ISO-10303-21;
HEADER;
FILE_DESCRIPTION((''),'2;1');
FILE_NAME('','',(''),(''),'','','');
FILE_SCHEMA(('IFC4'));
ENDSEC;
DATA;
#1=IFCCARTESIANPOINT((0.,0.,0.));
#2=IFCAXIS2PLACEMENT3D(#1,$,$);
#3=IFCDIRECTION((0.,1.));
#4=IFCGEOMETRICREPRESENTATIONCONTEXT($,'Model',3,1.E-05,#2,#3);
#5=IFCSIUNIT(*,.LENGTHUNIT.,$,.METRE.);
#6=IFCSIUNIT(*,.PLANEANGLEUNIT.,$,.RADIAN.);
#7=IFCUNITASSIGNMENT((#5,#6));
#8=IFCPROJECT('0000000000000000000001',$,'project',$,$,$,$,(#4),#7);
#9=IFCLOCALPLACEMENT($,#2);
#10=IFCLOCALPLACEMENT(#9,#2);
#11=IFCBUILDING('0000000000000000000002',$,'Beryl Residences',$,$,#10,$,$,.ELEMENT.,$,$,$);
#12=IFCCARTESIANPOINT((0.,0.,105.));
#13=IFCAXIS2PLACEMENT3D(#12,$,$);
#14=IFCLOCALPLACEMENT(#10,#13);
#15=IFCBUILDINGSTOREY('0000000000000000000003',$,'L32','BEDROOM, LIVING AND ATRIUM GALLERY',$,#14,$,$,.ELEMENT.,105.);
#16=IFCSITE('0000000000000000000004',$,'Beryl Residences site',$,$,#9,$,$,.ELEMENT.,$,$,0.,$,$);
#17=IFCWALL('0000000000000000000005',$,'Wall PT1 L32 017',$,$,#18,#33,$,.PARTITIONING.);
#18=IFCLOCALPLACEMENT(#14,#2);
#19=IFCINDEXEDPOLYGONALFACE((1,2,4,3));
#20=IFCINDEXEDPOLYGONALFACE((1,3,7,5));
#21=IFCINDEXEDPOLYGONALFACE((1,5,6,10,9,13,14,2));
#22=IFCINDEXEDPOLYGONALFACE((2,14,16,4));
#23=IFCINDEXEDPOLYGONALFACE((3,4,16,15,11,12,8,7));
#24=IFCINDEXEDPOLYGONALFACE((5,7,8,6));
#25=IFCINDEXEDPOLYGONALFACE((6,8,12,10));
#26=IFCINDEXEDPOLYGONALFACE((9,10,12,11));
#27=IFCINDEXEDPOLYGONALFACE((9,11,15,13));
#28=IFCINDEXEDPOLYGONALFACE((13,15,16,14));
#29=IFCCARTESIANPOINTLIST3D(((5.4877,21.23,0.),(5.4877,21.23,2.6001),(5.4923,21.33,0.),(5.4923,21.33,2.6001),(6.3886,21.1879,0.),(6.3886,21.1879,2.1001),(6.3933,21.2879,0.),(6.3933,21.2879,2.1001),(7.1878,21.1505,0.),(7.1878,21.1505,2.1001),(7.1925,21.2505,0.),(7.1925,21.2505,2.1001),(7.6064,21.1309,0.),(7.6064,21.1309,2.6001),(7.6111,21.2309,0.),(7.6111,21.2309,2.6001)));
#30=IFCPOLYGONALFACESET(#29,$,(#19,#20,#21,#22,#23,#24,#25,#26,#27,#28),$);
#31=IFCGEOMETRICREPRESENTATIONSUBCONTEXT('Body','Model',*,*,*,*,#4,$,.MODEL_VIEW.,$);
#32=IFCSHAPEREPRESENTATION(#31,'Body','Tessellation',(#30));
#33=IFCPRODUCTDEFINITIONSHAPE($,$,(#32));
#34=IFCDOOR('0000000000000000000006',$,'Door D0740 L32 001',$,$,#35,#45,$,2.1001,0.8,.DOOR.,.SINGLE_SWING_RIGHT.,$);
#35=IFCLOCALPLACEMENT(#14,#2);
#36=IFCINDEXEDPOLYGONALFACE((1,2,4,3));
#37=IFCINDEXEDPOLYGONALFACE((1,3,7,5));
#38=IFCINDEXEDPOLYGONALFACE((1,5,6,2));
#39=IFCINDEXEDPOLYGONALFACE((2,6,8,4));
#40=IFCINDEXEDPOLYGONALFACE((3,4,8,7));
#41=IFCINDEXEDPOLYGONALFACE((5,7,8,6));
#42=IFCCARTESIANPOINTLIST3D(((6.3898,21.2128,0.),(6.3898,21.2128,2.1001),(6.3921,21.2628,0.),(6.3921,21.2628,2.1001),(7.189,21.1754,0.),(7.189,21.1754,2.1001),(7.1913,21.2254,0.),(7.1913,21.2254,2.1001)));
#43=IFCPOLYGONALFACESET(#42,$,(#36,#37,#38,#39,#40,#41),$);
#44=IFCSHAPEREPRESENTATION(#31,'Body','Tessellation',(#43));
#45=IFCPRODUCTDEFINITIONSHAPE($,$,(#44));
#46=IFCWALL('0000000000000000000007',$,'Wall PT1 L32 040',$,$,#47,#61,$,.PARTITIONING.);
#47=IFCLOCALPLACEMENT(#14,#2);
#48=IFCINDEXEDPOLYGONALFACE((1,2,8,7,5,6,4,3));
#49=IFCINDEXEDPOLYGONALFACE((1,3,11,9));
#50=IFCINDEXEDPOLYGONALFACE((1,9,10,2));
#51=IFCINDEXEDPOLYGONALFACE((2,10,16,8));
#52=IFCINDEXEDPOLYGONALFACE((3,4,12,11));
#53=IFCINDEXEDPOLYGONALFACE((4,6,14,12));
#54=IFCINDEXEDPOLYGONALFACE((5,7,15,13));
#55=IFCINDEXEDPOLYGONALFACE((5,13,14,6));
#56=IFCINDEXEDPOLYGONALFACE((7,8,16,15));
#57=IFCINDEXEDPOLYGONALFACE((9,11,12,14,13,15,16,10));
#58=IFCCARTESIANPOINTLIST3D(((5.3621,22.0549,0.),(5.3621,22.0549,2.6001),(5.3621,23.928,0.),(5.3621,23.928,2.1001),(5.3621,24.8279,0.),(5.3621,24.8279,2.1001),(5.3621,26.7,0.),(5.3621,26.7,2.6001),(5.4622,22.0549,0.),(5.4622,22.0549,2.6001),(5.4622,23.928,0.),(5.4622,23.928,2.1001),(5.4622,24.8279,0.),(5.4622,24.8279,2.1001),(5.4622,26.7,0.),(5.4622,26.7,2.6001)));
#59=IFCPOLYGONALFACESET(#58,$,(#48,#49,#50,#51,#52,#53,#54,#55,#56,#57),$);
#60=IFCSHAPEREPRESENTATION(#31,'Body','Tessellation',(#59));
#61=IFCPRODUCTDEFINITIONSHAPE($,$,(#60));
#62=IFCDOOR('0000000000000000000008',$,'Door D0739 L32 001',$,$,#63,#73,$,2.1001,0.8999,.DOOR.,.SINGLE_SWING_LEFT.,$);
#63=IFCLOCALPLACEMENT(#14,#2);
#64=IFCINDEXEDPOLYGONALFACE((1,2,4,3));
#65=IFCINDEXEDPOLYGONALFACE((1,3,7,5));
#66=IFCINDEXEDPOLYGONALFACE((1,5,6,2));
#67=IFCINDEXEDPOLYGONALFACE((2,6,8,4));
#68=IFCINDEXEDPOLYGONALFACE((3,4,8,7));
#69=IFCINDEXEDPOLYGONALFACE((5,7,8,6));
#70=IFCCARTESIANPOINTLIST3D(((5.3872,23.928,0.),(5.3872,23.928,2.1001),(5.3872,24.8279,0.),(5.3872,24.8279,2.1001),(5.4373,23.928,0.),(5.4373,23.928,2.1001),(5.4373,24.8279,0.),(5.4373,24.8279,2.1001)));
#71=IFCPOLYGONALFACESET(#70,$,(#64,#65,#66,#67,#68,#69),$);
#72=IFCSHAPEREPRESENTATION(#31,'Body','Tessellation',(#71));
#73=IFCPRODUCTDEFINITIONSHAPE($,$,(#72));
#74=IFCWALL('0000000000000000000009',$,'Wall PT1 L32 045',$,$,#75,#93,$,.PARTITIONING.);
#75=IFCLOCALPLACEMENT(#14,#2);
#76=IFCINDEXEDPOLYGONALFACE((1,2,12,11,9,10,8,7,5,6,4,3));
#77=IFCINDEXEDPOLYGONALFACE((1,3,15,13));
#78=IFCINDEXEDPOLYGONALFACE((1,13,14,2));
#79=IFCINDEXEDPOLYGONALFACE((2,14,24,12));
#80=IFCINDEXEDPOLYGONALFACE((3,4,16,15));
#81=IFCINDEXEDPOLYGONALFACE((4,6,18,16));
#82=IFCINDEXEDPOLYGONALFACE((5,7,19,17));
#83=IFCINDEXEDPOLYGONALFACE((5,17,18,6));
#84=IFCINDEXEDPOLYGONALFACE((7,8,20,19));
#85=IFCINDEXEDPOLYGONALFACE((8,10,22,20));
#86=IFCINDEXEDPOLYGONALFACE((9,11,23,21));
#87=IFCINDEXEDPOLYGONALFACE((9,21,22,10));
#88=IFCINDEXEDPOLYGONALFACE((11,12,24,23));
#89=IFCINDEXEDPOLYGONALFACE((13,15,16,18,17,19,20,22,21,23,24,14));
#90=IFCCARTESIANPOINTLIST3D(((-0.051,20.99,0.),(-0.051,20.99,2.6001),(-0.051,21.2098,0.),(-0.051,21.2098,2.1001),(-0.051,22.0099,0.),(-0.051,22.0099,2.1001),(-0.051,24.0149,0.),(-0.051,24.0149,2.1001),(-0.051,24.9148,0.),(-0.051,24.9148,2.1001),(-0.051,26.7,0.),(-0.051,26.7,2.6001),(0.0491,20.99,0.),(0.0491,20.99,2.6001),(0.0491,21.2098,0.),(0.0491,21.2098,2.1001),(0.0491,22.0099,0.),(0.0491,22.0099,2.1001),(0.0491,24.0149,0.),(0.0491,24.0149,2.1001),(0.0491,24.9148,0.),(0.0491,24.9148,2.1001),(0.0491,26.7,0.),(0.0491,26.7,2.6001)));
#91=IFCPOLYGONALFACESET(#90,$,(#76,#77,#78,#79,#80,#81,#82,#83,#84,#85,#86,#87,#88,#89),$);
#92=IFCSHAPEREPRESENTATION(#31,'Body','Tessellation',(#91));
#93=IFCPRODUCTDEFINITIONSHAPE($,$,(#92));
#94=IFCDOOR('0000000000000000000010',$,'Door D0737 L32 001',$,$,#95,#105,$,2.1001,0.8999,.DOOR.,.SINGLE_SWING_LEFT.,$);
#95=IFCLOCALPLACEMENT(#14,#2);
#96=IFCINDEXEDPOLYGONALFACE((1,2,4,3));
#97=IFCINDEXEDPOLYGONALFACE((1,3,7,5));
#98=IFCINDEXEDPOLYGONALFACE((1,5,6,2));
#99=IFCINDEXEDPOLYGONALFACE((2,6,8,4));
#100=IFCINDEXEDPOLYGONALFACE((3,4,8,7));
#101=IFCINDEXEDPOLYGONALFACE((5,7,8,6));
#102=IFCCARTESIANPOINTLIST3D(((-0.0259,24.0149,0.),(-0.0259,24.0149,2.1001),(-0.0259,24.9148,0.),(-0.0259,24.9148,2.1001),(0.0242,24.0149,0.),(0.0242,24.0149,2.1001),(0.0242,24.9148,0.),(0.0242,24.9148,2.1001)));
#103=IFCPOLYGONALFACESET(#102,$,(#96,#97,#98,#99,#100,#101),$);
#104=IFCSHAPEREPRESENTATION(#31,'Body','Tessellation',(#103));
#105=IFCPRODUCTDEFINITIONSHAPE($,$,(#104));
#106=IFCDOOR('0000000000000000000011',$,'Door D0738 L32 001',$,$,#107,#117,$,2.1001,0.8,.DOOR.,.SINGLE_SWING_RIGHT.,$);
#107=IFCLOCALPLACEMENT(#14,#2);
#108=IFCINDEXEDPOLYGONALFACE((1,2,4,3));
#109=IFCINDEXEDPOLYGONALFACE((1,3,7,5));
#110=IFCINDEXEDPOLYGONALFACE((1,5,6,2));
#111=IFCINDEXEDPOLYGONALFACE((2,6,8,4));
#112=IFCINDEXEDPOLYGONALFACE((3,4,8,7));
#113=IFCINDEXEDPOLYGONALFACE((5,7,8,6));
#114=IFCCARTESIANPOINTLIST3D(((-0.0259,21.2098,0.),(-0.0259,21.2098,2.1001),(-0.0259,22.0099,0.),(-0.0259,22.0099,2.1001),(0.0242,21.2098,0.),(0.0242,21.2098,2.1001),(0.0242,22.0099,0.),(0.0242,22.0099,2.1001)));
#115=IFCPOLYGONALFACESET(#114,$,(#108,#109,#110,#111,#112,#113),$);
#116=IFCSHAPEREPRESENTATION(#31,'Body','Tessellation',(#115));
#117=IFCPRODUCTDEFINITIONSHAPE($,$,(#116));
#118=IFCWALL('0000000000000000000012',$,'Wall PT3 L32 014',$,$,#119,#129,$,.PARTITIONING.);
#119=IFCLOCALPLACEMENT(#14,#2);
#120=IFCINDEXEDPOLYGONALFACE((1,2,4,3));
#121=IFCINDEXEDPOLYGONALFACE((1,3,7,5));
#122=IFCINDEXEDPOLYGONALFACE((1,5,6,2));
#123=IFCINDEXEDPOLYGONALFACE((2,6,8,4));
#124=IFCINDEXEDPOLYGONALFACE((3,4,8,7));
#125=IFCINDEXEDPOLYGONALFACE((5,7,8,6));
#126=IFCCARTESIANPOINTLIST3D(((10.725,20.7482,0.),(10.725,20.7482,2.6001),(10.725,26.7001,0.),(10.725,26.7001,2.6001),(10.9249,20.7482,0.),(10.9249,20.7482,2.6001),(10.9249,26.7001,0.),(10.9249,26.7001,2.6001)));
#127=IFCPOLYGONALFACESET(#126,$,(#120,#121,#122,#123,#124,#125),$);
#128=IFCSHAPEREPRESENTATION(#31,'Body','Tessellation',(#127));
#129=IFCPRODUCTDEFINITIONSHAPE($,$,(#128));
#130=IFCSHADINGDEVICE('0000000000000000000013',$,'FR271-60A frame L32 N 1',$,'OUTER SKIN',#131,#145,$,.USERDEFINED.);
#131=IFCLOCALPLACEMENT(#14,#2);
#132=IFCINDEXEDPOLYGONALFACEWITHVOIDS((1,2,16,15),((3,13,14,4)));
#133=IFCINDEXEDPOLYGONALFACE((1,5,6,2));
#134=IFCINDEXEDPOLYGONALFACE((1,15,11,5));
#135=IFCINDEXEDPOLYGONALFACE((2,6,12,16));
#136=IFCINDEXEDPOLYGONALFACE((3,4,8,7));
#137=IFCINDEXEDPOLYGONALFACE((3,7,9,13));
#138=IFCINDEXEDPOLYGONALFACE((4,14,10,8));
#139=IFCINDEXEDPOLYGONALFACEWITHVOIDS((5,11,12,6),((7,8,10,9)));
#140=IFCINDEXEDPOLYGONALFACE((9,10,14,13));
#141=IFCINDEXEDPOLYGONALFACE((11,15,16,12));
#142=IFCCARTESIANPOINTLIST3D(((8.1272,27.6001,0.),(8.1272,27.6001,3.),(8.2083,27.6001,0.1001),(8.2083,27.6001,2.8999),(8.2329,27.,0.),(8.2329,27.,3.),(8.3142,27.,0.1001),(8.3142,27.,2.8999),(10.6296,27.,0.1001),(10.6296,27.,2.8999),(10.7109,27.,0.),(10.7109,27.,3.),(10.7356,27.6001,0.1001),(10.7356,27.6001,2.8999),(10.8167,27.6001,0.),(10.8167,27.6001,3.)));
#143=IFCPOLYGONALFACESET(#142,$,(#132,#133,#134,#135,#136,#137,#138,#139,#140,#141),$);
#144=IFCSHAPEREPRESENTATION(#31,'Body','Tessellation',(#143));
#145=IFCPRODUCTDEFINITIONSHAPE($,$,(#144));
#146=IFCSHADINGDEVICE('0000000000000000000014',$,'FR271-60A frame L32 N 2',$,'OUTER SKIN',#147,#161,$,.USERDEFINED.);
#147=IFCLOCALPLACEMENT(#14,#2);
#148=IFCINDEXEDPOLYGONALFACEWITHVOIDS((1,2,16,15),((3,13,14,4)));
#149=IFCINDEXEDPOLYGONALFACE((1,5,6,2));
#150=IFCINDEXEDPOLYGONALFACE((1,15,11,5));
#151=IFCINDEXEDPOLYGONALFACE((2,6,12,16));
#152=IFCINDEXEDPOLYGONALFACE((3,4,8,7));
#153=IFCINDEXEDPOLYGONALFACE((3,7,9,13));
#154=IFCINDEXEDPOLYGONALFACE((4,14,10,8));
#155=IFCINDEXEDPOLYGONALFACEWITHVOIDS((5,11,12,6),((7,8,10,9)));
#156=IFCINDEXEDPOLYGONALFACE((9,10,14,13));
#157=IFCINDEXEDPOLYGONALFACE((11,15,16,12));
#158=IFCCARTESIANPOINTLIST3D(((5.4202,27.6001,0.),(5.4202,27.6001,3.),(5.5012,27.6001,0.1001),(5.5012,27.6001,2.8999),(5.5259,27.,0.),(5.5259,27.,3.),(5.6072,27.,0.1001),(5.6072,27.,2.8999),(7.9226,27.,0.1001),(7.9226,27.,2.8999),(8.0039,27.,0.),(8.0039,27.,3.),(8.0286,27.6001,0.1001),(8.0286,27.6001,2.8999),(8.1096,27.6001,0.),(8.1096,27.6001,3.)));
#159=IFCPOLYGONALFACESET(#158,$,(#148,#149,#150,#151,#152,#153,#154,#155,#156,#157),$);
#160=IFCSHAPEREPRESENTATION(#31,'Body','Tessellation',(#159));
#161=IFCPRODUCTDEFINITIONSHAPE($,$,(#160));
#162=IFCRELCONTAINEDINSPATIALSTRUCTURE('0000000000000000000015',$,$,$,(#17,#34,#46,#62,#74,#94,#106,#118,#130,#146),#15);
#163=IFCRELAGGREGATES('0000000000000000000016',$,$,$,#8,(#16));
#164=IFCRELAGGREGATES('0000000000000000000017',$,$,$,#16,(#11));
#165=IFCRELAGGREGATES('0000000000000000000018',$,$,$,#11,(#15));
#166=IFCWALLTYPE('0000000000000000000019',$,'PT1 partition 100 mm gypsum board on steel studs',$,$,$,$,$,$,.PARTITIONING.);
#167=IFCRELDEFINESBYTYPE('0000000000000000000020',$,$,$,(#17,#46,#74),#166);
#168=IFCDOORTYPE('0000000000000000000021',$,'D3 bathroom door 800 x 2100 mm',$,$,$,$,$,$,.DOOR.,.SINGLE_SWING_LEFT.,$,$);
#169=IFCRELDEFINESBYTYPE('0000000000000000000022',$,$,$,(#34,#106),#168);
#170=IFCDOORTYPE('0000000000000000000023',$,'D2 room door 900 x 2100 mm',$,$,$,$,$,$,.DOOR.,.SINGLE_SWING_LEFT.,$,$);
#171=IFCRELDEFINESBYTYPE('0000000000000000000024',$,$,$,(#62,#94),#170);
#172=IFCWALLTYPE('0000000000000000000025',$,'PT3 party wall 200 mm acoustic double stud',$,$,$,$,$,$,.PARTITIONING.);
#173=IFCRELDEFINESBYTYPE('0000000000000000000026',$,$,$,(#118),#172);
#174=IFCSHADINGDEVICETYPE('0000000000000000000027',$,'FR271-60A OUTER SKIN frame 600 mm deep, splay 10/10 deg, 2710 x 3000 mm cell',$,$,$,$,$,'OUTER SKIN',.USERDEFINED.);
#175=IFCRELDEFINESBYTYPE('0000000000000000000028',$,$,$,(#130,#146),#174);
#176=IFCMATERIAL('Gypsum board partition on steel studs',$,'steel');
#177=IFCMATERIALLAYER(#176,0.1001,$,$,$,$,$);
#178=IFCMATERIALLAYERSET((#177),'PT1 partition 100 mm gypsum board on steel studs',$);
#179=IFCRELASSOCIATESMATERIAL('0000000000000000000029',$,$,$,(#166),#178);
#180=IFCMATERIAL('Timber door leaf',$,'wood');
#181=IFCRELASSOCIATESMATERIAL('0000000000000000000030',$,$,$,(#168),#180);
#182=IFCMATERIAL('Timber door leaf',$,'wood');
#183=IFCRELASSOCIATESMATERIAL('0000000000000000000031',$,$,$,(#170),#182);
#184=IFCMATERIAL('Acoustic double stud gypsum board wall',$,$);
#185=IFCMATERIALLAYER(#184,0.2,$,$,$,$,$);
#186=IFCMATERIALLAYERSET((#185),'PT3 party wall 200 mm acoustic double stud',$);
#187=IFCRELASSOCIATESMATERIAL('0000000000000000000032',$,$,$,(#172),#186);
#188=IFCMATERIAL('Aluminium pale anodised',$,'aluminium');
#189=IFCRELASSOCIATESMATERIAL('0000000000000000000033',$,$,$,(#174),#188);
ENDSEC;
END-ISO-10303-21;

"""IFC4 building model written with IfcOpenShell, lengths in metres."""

from ifc_helpers import new_model, entity, si_unit, direction, frame, frame_2d, origin, place, context, subcontext, project, spatial, rectangle, extrude, source, transform, mapped, material, layer, layer_set, type_object, type_shapes, element, fill, save


model = new_model("IFC4")

# Units and contexts
model_context = context("Model", 3, precision=1e-05, world=origin(), true_north=direction((0.0, 1.0)))
body_context = subcontext(model_context, "Body", "Model", "MODEL_VIEW")
ifc_project = project(units=[si_unit("LENGTHUNIT", "METRE"), si_unit("PLANEANGLEUNIT", "RADIAN")], contexts=[model_context])

# Site, building, storey
site_placement = place(None, origin())
site = spatial("IfcSite", under=ifc_project, at=site_placement, Name="Beryl Residences site", CompositionType="ELEMENT", RefElevation=0.0)
building_placement = place(site_placement, origin())
building = spatial("IfcBuilding", under=site, at=building_placement, Name="Beryl Residences", CompositionType="ELEMENT")
storey_placement = place(building_placement, frame((0.0, 0.0, 105.0)))
storey = spatial("IfcBuildingStorey", under=building, at=storey_placement, Name="L32", Description="BEDROOM, LIVING AND ATRIUM GALLERY", CompositionType="ELEMENT", Elevation=105.0)

# Shared definitions
ifc_material_1 = material(Name="Gypsum board partition on steel studs", Category="steel")
ifc_layer_1 = layer(ifc_material_1, 0.1001)
ifc_layer_set_1 = layer_set([ifc_layer_1], Name="PT1 partition 100 mm gypsum board on steel studs")
wall_type_1 = type_object("IfcWallType", Name="PT1 partition 100 mm gypsum board on steel studs", PredefinedType="PARTITIONING", material=ifc_layer_set_1)

# Shared definitions
ifc_material_2 = material(Name="Timber door leaf", Category="wood")
door_type_1 = type_object("IfcDoorType", Name="D3 bathroom door 800 x 2100 mm", OperationType="SINGLE_SWING_LEFT", PredefinedType="DOOR", material=ifc_material_2)

# Walls, openings, doors
wall_1_placement = place(storey_placement, frame((5.49, 21.28, 0.0), z_axis=(0.0, 0.0, 1.0), x_axis=(0.998908, -0.046728, 0.0)))
wall_1 = element("IfcWall", 1, at=wall_1_placement, inside=storey, type_object=wall_type_1, Name="Wall PT1 L32 017", PredefinedType="PARTITIONING", context=body_context, shape_type="SweptSolid", body=[
    extrude(rectangle(XDim=2.1211, YDim=0.1001, at=frame_2d((1.0605, 0.0))), origin(), (0.0, 0.0, 1.0), 2.6001),
])
opening_1_placement = place(wall_1_placement, frame((0.9021, 0.0, 0.0)))
opening_1 = element("IfcOpeningElement", 2, at=opening_1_placement, cuts=wall_1, PredefinedType="OPENING", context=body_context, shape_type="SweptSolid", body=[
    extrude(rectangle(XDim=0.8, YDim=2.1001, at=frame_2d((0.3999, 1.05))), frame((0.0, 0.0601, 0.0), z_axis=(0.0, -1.0, 0.0), x_axis=(1.0, 0.0, 0.0)), (0.0, 0.0, 1.0), 0.1201),
])
door_1_placement = place(opening_1_placement, origin())
door_1 = element("IfcDoor", 3, at=door_1_placement, inside=storey, type_object=door_type_1, Name="Door D0740 L32 001", OperationType="SINGLE_SWING_RIGHT", OverallHeight=2.1001, OverallWidth=0.8, PredefinedType="DOOR", context=body_context, shape_type="SweptSolid", body=[
    extrude(rectangle(XDim=0.8, YDim=2.1001, at=frame_2d((0.3999, 1.05))), frame((0.0, 0.0249, 0.0), z_axis=(0.0, -1.0, 0.0), x_axis=(1.0, 0.0, 0.0)), (0.0, 0.0, 1.0), 0.05),
])
fill(opening_1, door_1)
wall_2_placement = place(storey_placement, frame((5.4121, 22.0549, 0.0), z_axis=(0.0, 0.0, 1.0), x_axis=(0.0, 1.0, 0.0)))
wall_2 = element("IfcWall", 4, at=wall_2_placement, inside=storey, type_object=wall_type_1, Name="Wall PT1 L32 040", PredefinedType="PARTITIONING", context=body_context, shape_type="SweptSolid", body=[
    extrude(rectangle(XDim=4.645, YDim=0.1001, at=frame_2d((2.3225, 0.0))), origin(), (0.0, 0.0, 1.0), 2.6001),
])
opening_2_placement = place(wall_2_placement, frame((1.873, 0.0, 0.0)))
opening_2 = element("IfcOpeningElement", 5, at=opening_2_placement, cuts=wall_2, PredefinedType="OPENING", context=body_context, shape_type="SweptSolid", body=[
    extrude(rectangle(XDim=0.8999, YDim=2.1001, at=frame_2d((0.45, 1.05))), frame((0.0, 0.0601, 0.0), z_axis=(0.0, -1.0, 0.0), x_axis=(1.0, 0.0, 0.0)), (0.0, 0.0, 1.0), 0.1201),
])
ifc_material_3 = material(Name="Timber door leaf", Category="wood")
door_type_2 = type_object("IfcDoorType", Name="D2 room door 900 x 2100 mm", OperationType="SINGLE_SWING_LEFT", PredefinedType="DOOR", material=ifc_material_3)
door_2_placement = place(opening_2_placement, origin())
door_2 = element("IfcDoor", 6, at=door_2_placement, inside=storey, type_object=door_type_2, Name="Door D0739 L32 001", OperationType="SINGLE_SWING_LEFT", OverallHeight=2.1001, OverallWidth=0.8999, PredefinedType="DOOR", context=body_context, shape_type="SweptSolid", body=[
    extrude(rectangle(XDim=0.8999, YDim=2.1001, at=frame_2d((0.45, 1.05))), frame((0.0, 0.0249, 0.0), z_axis=(0.0, -1.0, 0.0), x_axis=(1.0, 0.0, 0.0)), (0.0, 0.0, 1.0), 0.05),
])
fill(opening_2, door_2)

# Wall, openings, doors
wall_3_placement = place(storey_placement, frame((-0.001, 20.99, 0.0), z_axis=(0.0, 0.0, 1.0), x_axis=(0.0, 1.0, 0.0)))
wall_3 = element("IfcWall", 7, at=wall_3_placement, inside=storey, type_object=wall_type_1, Name="Wall PT1 L32 045", PredefinedType="PARTITIONING", context=body_context, shape_type="SweptSolid", body=[
    extrude(rectangle(XDim=5.71, YDim=0.1001, at=frame_2d((2.855, 0.0))), origin(), (0.0, 0.0, 1.0), 2.6001),
])
opening_3_placement = place(wall_3_placement, frame((3.0249, 0.0, 0.0)))
opening_3 = element("IfcOpeningElement", 8, at=opening_3_placement, cuts=wall_3, PredefinedType="OPENING", context=body_context, shape_type="SweptSolid", body=[
    extrude(rectangle(XDim=0.8999, YDim=2.1001, at=frame_2d((0.45, 1.05))), frame((0.0, 0.0601, 0.0), z_axis=(0.0, -1.0, 0.0), x_axis=(1.0, 0.0, 0.0)), (0.0, 0.0, 1.0), 0.1201),
])
opening_4_placement = place(wall_3_placement, frame((0.22, 0.0, 0.0)))
opening_4 = element("IfcOpeningElement", 9, at=opening_4_placement, cuts=wall_3, PredefinedType="OPENING", context=body_context, shape_type="SweptSolid", body=[
    extrude(rectangle(XDim=0.8, YDim=2.1001, at=frame_2d((0.3999, 1.05))), frame((0.0, 0.0601, 0.0), z_axis=(0.0, -1.0, 0.0), x_axis=(1.0, 0.0, 0.0)), (0.0, 0.0, 1.0), 0.1201),
])
door_3_placement = place(opening_3_placement, origin())
door_3 = element("IfcDoor", 10, at=door_3_placement, inside=storey, type_object=door_type_2, Name="Door D0737 L32 001", OperationType="SINGLE_SWING_LEFT", OverallHeight=2.1001, OverallWidth=0.8999, PredefinedType="DOOR", context=body_context, shape_type="SweptSolid", body=[
    extrude(rectangle(XDim=0.8999, YDim=2.1001, at=frame_2d((0.45, 1.05))), frame((0.0, 0.0249, 0.0), z_axis=(0.0, -1.0, 0.0), x_axis=(1.0, 0.0, 0.0)), (0.0, 0.0, 1.0), 0.05),
])
fill(opening_3, door_3)
door_4_placement = place(opening_4_placement, origin())
door_4 = element("IfcDoor", 11, at=door_4_placement, inside=storey, type_object=door_type_1, Name="Door D0738 L32 001", OperationType="SINGLE_SWING_RIGHT", OverallHeight=2.1001, OverallWidth=0.8, PredefinedType="DOOR", context=body_context, shape_type="SweptSolid", body=[
    extrude(rectangle(XDim=0.8, YDim=2.1001, at=frame_2d((0.3999, 1.05))), frame((0.0, 0.0249, 0.0), z_axis=(0.0, -1.0, 0.0), x_axis=(1.0, 0.0, 0.0)), (0.0, 0.0, 1.0), 0.05),
])
fill(opening_4, door_4)

# Wall
ifc_material_4 = material(Name="Acoustic double stud gypsum board wall")
ifc_layer_2 = layer(ifc_material_4, 0.2)
ifc_layer_set_2 = layer_set([ifc_layer_2], Name="PT3 party wall 200 mm acoustic double stud")
wall_type_2 = type_object("IfcWallType", Name="PT3 party wall 200 mm acoustic double stud", PredefinedType="PARTITIONING", material=ifc_layer_set_2)
wall_4_placement = place(storey_placement, frame((10.825, 20.748, 0.0), z_axis=(0.0, 0.0, 1.0), x_axis=(0.0, 1.0, 0.0)))
element("IfcWall", 12, at=wall_4_placement, inside=storey, type_object=wall_type_2, Name="Wall PT3 L32 014", PredefinedType="PARTITIONING", context=body_context, shape_type="SweptSolid", body=[
    extrude(rectangle(XDim=5.9519, YDim=0.2, at=frame_2d((2.9761, 0.0))), origin(), (0.0, 0.0, 1.0), 2.6001),
])

# Shading devices
ifc_material_5 = material(Name="Aluminium pale anodised", Category="aluminium")
shading_device_type = type_object("IfcShadingDeviceType", Name="FR271-60A OUTER SKIN frame 600 mm deep, splay 10/10 deg, 2710 x 3000 mm cell", ElementType="OUTER SKIN", PredefinedType="USERDEFINED", material=ifc_material_5)
cartesian_point_1 = entity("IfcCartesianPoint", [-1.239, 0.0])
cartesian_point_2 = entity("IfcCartesianPoint", [-1.1577, 0.1001])
cartesian_point_3 = entity("IfcCartesianPoint", [-1.3447, 0.0])
cartesian_point_4 = entity("IfcCartesianPoint", [-1.2637, 0.1001])
shared_shape_1 = source(origin(), body_context, "Body", "SweptSolid", [
    entity("IfcExtrudedAreaSolidTapered", entity("IfcArbitraryProfileDefWithVoids", "AREA", None, entity("IfcPolyline", [cartesian_point_1, entity("IfcCartesianPoint", [1.239, 0.0]), entity("IfcCartesianPoint", [1.239, 3.0]), entity("IfcCartesianPoint", [-1.239, 3.0]), cartesian_point_1]), [entity("IfcPolyline", [cartesian_point_2, entity("IfcCartesianPoint", [1.1577, 0.1001]), entity("IfcCartesianPoint", [1.1577, 2.8999]), entity("IfcCartesianPoint", [-1.1577, 2.8999]), cartesian_point_2])]), entity("IfcAxis2Placement3D", entity("IfcCartesianPoint", [0.0, 0.0, 0.0]), entity("IfcDirection", [0.0, 1.0, 0.0]), entity("IfcDirection", [-1.0, 0.0, 0.0])), entity("IfcDirection", [0.0, 0.0, 1.0]), 0.6001, entity("IfcArbitraryProfileDefWithVoids", "AREA", None, entity("IfcPolyline", [cartesian_point_3, entity("IfcCartesianPoint", [1.3447, 0.0]), entity("IfcCartesianPoint", [1.3447, 3.0]), entity("IfcCartesianPoint", [-1.3447, 3.0]), cartesian_point_3]), [entity("IfcPolyline", [cartesian_point_4, entity("IfcCartesianPoint", [1.2637, 0.1001]), entity("IfcCartesianPoint", [1.2637, 2.8999]), entity("IfcCartesianPoint", [-1.2637, 2.8999]), cartesian_point_4])])),
])
type_shapes(shading_device_type, [shared_shape_1])
for number, where, z_axis, x_axis, name in (
    (13, (9.4719, 27.0, 0.0), (0.0, 0.0, 1.0), (1.0, 0.0, 0.0), "FR271-60A frame L32 N 1"),
    (14, (6.7649, 27.0, 0.0), (0.0, 0.0, 1.0), (1.0, 0.0, 0.0), "FR271-60A frame L32 N 2"),
):
    element("IfcShadingDevice", number, at=place(storey_placement, frame(where, z_axis=z_axis, x_axis=x_axis)), inside=storey, type_object=shading_device_type, Name=name, ObjectType="OUTER SKIN", PredefinedType="USERDEFINED", context=body_context, shape_type="MappedRepresentation", body=[
        mapped(shared_shape_1, transform((0.0, 0.0, 0.0))),
    ])

save(model, "model.ifc")
